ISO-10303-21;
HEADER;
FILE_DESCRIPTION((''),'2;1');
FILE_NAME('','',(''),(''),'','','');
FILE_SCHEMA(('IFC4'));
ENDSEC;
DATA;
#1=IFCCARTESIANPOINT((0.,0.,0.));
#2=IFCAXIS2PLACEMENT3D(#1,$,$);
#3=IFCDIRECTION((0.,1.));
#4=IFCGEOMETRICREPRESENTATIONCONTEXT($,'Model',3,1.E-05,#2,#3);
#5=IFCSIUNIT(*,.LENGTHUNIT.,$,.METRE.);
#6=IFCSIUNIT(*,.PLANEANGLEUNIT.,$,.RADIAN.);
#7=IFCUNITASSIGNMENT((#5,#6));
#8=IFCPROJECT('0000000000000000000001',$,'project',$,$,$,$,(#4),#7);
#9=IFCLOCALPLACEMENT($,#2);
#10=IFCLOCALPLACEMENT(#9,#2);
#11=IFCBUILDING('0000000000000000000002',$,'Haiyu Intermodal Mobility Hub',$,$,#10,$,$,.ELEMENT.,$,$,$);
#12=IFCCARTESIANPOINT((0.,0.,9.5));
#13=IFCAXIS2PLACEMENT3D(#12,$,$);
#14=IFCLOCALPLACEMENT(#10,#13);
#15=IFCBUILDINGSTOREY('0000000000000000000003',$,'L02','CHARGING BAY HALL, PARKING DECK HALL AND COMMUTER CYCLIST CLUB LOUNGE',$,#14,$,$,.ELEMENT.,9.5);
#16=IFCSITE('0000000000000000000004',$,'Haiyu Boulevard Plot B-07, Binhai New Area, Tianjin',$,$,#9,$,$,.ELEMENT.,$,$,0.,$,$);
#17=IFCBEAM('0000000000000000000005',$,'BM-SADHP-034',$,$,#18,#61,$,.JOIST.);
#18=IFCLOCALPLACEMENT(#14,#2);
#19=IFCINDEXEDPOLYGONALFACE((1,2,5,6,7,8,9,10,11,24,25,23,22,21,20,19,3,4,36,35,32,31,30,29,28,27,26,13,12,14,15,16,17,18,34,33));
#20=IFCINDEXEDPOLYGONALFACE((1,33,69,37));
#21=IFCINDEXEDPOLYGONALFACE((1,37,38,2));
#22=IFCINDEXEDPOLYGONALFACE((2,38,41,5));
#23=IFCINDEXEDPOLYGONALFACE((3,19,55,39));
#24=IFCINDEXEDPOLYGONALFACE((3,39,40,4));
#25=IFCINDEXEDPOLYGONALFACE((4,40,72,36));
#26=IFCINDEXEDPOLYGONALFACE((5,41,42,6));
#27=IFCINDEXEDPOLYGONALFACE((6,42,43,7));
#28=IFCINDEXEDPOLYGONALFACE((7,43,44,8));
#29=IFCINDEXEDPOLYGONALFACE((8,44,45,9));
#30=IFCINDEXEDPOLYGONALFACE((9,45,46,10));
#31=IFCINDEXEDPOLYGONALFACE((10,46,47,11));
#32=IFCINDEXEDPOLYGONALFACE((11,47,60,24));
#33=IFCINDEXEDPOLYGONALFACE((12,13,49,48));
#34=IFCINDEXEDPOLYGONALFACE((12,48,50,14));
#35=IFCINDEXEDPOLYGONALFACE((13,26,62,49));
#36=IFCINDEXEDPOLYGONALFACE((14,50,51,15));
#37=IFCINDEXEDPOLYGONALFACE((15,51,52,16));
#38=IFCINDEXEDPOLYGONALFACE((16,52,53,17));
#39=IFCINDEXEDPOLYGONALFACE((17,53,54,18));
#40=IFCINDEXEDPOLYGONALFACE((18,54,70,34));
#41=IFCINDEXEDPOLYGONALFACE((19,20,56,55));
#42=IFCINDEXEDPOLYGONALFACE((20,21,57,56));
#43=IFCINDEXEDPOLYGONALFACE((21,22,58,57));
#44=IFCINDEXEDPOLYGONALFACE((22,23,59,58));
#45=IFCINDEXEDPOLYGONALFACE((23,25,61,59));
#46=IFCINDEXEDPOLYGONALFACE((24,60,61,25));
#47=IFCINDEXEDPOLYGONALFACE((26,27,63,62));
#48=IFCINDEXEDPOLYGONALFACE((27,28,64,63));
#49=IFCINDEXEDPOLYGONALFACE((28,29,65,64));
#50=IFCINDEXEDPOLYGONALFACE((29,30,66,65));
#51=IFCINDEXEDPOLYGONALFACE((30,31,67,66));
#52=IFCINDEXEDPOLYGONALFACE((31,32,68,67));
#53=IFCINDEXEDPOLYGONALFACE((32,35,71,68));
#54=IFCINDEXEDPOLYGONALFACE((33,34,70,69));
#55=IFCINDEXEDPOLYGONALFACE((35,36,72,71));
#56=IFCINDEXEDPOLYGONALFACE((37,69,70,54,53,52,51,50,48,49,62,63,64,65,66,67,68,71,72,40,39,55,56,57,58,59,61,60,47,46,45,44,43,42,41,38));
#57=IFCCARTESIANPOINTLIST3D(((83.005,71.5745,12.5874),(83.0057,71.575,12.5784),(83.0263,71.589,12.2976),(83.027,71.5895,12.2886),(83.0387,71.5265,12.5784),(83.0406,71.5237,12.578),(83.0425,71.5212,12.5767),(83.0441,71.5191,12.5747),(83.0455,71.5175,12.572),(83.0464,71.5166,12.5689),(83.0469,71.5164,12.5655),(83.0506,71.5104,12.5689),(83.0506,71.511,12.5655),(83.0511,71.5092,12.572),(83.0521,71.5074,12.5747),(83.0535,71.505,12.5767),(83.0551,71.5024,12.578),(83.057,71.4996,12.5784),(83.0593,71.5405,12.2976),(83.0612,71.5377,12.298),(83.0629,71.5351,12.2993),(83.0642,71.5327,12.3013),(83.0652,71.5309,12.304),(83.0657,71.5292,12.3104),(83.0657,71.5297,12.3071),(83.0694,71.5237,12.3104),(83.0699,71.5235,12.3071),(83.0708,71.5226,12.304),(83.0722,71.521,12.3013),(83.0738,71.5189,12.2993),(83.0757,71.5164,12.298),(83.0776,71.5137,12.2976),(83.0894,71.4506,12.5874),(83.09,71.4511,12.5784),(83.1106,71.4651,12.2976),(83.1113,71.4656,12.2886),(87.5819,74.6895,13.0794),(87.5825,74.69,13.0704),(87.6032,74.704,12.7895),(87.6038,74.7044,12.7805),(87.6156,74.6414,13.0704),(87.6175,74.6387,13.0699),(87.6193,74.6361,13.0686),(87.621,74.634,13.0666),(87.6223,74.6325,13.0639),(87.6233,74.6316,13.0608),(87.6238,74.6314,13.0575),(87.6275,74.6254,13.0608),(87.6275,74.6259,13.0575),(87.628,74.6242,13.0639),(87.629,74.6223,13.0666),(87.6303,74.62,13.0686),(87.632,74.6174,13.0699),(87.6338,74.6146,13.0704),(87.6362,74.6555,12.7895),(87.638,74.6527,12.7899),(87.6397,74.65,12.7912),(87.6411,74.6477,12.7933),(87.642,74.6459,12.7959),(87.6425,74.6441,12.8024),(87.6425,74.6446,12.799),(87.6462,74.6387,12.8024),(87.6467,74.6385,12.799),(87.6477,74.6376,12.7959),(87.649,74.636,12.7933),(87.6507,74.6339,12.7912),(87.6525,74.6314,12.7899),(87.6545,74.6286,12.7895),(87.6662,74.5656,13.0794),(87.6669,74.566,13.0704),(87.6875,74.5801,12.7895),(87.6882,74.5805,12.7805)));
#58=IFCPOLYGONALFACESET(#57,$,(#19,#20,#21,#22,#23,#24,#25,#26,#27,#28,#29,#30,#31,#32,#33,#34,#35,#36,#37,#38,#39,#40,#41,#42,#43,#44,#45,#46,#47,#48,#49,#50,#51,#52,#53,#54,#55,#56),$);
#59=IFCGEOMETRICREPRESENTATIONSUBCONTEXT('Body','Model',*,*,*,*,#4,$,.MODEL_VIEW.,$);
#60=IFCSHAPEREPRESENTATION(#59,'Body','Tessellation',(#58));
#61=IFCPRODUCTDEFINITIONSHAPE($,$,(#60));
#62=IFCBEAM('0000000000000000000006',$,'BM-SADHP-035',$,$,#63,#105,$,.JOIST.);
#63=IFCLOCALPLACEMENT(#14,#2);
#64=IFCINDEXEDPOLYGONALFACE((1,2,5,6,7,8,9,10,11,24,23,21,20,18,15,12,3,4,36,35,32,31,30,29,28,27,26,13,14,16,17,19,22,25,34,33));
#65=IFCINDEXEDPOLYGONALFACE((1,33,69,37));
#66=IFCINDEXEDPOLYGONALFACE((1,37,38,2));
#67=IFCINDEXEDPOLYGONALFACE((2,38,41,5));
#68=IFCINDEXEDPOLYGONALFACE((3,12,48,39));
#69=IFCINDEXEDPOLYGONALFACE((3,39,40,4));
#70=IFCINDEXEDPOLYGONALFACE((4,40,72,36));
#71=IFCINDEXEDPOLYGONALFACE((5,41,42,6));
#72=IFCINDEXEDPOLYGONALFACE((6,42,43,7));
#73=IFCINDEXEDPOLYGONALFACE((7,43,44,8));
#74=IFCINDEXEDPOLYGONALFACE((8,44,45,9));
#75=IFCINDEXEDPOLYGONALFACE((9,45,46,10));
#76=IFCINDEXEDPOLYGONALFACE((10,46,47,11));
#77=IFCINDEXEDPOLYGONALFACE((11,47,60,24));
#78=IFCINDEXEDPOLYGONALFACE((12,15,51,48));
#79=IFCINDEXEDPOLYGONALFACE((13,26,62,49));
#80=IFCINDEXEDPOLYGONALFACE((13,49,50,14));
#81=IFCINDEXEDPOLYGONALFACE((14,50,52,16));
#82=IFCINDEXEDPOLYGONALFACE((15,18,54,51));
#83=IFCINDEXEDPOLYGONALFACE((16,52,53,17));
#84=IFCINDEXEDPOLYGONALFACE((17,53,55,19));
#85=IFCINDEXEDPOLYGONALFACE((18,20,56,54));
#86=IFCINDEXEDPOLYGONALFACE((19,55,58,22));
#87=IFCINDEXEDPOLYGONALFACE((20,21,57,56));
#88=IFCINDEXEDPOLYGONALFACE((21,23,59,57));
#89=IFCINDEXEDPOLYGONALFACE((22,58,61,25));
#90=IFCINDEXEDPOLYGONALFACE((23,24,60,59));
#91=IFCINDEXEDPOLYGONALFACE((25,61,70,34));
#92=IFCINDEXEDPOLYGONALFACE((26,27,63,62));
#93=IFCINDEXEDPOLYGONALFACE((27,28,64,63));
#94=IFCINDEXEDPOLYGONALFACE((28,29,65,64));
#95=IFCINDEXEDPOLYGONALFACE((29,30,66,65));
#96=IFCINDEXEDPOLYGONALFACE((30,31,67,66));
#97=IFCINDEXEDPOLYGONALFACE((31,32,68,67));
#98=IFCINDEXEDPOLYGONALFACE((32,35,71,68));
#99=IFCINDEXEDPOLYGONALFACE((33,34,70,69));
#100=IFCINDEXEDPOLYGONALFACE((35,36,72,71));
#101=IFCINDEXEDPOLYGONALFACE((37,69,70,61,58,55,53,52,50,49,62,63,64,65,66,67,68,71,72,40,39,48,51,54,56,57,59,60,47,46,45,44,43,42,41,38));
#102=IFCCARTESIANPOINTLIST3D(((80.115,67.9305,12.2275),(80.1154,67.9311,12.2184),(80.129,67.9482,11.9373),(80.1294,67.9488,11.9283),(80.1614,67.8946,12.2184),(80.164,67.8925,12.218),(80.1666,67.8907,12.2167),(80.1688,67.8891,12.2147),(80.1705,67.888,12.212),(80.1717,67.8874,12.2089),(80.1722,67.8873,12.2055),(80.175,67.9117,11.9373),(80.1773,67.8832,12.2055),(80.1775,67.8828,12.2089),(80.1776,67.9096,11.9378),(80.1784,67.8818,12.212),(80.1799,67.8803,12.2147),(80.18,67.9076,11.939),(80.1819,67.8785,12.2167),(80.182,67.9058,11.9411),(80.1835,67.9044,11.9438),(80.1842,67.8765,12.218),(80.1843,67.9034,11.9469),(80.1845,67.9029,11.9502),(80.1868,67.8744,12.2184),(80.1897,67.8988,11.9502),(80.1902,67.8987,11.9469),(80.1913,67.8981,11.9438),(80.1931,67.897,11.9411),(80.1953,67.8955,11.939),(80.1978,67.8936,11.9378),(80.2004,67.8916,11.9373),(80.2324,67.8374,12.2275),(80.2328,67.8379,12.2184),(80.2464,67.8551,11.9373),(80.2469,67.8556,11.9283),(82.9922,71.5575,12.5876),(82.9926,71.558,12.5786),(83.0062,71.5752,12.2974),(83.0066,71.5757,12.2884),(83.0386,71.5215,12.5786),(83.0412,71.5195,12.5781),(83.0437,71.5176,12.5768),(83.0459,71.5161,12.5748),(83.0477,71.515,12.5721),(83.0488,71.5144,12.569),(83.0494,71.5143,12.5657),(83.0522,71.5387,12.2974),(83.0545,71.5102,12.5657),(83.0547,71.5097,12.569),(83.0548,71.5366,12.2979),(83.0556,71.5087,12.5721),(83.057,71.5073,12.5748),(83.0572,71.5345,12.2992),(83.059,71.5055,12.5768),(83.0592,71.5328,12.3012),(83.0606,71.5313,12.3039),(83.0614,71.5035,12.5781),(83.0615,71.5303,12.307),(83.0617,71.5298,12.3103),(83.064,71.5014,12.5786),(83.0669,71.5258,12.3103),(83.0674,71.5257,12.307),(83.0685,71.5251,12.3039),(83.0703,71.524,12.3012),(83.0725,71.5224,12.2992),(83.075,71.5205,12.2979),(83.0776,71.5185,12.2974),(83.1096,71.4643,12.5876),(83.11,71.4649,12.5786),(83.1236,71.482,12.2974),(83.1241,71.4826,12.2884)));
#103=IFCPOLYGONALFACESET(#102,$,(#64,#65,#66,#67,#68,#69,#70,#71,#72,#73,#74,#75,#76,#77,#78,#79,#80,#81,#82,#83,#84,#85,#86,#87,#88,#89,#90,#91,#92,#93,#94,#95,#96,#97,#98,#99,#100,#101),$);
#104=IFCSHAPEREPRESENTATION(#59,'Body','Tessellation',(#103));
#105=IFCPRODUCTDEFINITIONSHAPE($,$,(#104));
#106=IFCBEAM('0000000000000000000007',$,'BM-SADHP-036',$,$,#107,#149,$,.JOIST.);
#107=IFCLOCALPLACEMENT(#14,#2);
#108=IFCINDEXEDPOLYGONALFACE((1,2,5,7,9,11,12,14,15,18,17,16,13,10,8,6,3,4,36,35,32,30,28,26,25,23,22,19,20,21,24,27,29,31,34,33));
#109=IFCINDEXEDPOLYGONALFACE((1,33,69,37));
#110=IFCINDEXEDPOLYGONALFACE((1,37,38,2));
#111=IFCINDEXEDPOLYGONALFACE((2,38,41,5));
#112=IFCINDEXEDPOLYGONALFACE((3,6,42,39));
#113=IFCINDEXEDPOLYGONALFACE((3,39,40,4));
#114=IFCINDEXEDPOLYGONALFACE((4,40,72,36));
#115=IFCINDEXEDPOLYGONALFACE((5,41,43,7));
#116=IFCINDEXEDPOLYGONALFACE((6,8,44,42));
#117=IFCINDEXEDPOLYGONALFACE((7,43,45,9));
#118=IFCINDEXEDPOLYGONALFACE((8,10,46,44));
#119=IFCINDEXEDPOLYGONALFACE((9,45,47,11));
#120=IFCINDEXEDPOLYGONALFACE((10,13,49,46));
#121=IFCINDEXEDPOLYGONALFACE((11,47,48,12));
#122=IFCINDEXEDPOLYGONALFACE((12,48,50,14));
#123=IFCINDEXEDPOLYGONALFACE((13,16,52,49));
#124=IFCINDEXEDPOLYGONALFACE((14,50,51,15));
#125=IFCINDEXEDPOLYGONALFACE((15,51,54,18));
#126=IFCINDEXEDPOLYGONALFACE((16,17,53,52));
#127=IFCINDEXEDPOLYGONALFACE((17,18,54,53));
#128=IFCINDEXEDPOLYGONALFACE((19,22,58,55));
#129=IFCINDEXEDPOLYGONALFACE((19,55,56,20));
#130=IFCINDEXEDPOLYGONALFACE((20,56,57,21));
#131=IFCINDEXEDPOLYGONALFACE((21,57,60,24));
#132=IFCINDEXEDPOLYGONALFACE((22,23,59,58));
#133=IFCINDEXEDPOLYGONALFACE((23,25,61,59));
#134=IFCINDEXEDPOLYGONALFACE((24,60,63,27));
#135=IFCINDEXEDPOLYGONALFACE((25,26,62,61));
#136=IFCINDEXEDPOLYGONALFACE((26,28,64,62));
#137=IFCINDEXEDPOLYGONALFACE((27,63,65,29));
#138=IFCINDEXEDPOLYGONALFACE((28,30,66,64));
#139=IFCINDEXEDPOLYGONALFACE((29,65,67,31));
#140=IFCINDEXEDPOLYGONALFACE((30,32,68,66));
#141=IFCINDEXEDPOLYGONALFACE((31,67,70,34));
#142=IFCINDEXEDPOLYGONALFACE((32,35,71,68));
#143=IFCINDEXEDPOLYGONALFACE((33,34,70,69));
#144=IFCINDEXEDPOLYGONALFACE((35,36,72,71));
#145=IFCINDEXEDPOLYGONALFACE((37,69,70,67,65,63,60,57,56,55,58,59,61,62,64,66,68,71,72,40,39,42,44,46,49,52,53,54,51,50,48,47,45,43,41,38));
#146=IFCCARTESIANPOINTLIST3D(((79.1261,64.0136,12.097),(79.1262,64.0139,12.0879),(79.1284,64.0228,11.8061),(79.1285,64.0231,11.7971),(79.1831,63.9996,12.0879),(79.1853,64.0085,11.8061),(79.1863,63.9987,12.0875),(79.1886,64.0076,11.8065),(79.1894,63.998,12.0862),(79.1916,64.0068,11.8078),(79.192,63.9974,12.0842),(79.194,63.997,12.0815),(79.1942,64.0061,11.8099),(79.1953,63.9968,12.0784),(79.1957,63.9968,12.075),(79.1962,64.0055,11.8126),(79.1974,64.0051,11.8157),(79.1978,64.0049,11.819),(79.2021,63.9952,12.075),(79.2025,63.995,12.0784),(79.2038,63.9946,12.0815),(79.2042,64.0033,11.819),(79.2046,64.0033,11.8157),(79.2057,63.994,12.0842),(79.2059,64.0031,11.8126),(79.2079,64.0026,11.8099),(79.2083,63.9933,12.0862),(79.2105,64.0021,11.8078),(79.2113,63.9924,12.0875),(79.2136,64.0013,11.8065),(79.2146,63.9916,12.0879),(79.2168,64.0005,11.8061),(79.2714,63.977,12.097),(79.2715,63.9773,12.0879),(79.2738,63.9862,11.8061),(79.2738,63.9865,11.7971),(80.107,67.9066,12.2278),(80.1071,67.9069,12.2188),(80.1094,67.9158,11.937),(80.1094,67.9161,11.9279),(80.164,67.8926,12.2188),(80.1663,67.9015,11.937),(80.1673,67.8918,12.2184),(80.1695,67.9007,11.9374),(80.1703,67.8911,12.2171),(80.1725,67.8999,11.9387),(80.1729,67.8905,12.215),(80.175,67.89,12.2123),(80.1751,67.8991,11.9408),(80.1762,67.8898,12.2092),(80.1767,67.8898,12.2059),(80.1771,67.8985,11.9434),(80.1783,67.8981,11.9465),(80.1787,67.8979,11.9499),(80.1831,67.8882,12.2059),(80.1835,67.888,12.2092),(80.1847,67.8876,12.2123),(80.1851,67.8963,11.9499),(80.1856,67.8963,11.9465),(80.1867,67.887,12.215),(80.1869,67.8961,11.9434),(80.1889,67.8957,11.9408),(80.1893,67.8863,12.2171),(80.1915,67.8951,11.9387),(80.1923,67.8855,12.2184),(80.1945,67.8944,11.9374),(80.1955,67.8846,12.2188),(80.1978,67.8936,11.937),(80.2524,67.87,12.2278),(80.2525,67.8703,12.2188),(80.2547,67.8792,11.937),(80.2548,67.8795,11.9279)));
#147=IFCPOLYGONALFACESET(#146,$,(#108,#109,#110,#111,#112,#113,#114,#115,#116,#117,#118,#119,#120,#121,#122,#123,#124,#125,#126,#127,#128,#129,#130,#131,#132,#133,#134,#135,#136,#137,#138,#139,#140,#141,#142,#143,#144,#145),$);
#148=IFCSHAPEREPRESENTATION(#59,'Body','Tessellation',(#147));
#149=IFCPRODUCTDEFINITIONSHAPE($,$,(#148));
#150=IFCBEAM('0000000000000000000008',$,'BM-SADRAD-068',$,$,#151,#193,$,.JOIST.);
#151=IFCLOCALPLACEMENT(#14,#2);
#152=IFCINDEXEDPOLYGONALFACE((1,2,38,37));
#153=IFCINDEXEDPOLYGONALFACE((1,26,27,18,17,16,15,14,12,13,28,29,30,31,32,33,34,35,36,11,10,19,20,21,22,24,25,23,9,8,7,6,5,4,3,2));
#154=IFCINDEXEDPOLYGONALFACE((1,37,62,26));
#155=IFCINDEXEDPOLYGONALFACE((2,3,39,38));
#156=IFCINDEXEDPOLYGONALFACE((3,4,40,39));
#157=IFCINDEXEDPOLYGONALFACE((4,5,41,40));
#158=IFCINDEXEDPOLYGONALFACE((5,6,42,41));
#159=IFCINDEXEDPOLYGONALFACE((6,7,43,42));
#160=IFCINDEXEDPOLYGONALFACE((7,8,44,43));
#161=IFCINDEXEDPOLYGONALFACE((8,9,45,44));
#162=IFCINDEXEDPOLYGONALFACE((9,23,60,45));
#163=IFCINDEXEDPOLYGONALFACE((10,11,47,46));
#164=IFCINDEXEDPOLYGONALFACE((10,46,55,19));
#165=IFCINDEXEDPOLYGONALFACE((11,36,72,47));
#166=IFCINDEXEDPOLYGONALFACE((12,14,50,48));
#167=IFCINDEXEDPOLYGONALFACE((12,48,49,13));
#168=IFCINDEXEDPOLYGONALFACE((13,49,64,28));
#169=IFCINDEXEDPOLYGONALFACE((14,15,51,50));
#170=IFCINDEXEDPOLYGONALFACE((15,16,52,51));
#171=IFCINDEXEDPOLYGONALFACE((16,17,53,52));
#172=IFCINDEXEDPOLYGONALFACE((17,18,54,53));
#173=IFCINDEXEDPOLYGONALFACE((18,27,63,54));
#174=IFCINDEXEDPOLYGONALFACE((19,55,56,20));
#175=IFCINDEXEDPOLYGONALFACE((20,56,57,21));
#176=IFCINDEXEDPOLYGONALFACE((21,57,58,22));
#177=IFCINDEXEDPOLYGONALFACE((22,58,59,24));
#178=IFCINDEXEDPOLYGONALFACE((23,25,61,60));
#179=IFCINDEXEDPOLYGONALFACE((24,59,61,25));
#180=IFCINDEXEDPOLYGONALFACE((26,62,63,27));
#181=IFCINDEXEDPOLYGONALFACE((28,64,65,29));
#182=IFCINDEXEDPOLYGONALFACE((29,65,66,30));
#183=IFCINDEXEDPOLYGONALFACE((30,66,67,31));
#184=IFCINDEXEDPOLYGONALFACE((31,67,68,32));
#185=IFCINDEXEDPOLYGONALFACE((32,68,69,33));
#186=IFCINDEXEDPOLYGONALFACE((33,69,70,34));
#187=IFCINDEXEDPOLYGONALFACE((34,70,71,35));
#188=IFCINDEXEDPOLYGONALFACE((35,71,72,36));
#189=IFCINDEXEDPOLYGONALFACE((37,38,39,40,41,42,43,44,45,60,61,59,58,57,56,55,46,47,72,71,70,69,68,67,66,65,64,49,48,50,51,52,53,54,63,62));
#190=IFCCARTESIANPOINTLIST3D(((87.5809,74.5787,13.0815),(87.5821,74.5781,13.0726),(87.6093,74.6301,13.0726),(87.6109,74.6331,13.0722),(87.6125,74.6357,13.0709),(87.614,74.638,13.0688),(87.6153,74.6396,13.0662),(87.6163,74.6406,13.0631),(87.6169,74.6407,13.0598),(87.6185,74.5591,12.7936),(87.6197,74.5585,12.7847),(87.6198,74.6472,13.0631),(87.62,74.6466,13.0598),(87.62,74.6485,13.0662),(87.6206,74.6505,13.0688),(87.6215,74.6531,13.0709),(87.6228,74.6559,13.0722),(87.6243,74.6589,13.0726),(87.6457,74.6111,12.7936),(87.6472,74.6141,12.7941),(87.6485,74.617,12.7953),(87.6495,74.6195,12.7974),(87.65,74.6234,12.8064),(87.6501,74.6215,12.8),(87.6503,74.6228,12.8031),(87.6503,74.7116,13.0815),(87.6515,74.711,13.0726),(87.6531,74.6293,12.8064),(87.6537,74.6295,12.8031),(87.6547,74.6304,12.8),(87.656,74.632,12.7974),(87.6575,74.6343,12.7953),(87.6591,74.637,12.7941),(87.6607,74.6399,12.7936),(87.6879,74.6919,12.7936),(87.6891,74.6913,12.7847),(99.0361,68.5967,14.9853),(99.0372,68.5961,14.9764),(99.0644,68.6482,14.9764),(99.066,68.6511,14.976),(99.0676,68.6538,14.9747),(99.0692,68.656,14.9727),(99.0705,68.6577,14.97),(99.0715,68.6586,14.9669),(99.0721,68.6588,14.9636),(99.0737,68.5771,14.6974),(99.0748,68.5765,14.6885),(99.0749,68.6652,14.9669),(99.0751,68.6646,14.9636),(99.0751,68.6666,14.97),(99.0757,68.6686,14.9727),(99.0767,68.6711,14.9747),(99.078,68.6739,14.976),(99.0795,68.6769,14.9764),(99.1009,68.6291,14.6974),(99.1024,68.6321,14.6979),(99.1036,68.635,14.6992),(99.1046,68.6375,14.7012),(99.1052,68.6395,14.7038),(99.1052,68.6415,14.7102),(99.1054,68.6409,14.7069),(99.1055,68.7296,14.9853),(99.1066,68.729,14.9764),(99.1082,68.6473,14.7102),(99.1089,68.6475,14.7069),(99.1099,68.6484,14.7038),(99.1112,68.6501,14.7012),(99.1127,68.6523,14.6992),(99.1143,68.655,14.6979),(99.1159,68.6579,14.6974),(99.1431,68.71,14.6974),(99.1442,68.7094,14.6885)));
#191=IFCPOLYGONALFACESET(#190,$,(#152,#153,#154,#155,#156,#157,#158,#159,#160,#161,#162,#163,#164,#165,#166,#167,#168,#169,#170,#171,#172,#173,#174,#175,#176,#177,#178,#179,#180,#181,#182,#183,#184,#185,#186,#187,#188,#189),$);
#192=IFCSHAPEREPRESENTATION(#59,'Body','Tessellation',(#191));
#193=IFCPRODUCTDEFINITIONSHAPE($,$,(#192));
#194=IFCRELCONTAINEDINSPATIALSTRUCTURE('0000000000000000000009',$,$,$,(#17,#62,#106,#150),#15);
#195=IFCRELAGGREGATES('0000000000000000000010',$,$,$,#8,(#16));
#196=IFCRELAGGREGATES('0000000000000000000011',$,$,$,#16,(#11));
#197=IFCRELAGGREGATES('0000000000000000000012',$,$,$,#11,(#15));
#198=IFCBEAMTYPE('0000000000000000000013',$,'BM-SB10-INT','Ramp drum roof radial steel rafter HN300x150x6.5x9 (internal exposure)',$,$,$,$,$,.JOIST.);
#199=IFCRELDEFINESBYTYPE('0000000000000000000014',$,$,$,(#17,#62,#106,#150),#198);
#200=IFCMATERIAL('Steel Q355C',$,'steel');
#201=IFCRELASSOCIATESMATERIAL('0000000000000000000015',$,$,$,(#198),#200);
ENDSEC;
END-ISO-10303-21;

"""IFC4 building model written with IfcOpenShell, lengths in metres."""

from ifc_helpers import new_model, si_unit, direction, frame, origin, origin_2d, place, context, subcontext, project, spatial, i_section, extrude, material, material_profile, profile_set, type_object, element, save


model = new_model("IFC4")

# Units and contexts
model_context = context("Model", 3, precision=1e-05, world=origin(), true_north=direction((0.0, 1.0)))
body_context = subcontext(model_context, "Body", "Model", "MODEL_VIEW")
ifc_project = project(units=[si_unit("LENGTHUNIT", "METRE"), si_unit("PLANEANGLEUNIT", "RADIAN")], contexts=[model_context])

# Site, building, storey
site_placement = place(None, origin())
site = spatial("IfcSite", under=ifc_project, at=site_placement, Name="Haiyu Boulevard Plot B-07, Binhai New Area, Tianjin", CompositionType="ELEMENT", RefElevation=0.0)
building_placement = place(site_placement, origin())
building = spatial("IfcBuilding", under=site, at=building_placement, Name="Haiyu Intermodal Mobility Hub", CompositionType="ELEMENT")
storey_placement = place(building_placement, frame((0.0, 0.0, 9.5)))
storey = spatial("IfcBuildingStorey", under=building, at=storey_placement, Name="L02", Description="CHARGING BAY HALL, PARKING DECK HALL AND COMMUTER CYCLIST CLUB LOUNGE", CompositionType="ELEMENT", Elevation=9.5)

# Shared definitions
ifc_material_1 = material(Name="Steel Q355C", Category="steel")

# Beams
ifc_material_profile_1 = material_profile(ifc_material_1, i_section(OverallWidth=0.1499, OverallDepth=0.3, WebThickness=0.0066, FlangeThickness=0.009, FilletRadius=0.0129, at=origin_2d()), Name="HN300x150x6.5x9")
ifc_profile_set_1 = profile_set([ifc_material_profile_1], Name="Steel Q355C")
beam_type_1 = type_object("IfcBeamType", Name="BM-SB10-INT", Description="Ramp drum roof radial steel rafter HN300x150x6.5x9 (internal exposure)", PredefinedType="JOIST", material=ifc_profile_set_1)
beam_1_placement = place(storey_placement, frame((87.635, 74.635, 12.9299), z_axis=(-0.823456, -0.560435, -0.088508), x_axis=(0.562643, -0.8267, 0.0)))
element("IfcBeam", 1, at=beam_1_placement, inside=storey, type_object=beam_type_1, Name="BM-SADHP-034", PredefinedType="JOIST", context=body_context, shape_type="SweptSolid", body=[
    extrude(i_section(OverallWidth=0.1499, OverallDepth=0.3, WebThickness=0.0066, FlangeThickness=0.009, FilletRadius=0.0129, at=origin_2d()), origin(), (0.0, 0.0, 1.0), 5.5581),
])
beam_2_placement = place(storey_placement, frame((83.0581, 71.52, 12.438), z_axis=(-0.619609, -0.78107, -0.07755), x_axis=(0.78343, -0.621481, 0.0)))
element("IfcBeam", 2, at=beam_2_placement, inside=storey, type_object=beam_type_1, Name="BM-SADHP-035", PredefinedType="JOIST", context=body_context, shape_type="SweptSolid", body=[
    extrude(i_section(OverallWidth=0.1499, OverallDepth=0.3, WebThickness=0.0066, FlangeThickness=0.009, FilletRadius=0.0129, at=origin_2d()), origin(), (0.0, 0.0, 1.0), 4.6436),
])
beam_3_placement = place(storey_placement, frame((80.1809, 67.8931, 12.0779), z_axis=(-0.244208, -0.969175, -0.032577), x_axis=(0.96969, -0.244338, 0.0)))
element("IfcBeam", 3, at=beam_3_placement, inside=storey, type_object=beam_type_1, Name="BM-SADHP-036", PredefinedType="JOIST", context=body_context, shape_type="SweptSolid", body=[
    extrude(i_section(OverallWidth=0.1499, OverallDepth=0.3, WebThickness=0.0066, FlangeThickness=0.009, FilletRadius=0.0129, at=origin_2d()), origin(), (0.0, 0.0, 1.0), 4.0168),
])
beam_4_placement = place(storey_placement, frame((87.635, 74.635, 12.9331), z_axis=(0.876949, -0.45795, 0.145747), x_axis=(0.462893, 0.886414, 0.0)))
element("IfcBeam", 4, at=beam_4_placement, inside=storey, type_object=beam_type_1, Name="BM-SADRAD-068", PredefinedType="JOIST", context=body_context, shape_type="SweptSolid", body=[
    extrude(i_section(OverallWidth=0.1499, OverallDepth=0.3, WebThickness=0.0066, FlangeThickness=0.009, FilletRadius=0.0129, at=origin_2d()), origin(), (0.0, 0.0, 1.0), 13.0625),
])

save(model, "model.ifc")
